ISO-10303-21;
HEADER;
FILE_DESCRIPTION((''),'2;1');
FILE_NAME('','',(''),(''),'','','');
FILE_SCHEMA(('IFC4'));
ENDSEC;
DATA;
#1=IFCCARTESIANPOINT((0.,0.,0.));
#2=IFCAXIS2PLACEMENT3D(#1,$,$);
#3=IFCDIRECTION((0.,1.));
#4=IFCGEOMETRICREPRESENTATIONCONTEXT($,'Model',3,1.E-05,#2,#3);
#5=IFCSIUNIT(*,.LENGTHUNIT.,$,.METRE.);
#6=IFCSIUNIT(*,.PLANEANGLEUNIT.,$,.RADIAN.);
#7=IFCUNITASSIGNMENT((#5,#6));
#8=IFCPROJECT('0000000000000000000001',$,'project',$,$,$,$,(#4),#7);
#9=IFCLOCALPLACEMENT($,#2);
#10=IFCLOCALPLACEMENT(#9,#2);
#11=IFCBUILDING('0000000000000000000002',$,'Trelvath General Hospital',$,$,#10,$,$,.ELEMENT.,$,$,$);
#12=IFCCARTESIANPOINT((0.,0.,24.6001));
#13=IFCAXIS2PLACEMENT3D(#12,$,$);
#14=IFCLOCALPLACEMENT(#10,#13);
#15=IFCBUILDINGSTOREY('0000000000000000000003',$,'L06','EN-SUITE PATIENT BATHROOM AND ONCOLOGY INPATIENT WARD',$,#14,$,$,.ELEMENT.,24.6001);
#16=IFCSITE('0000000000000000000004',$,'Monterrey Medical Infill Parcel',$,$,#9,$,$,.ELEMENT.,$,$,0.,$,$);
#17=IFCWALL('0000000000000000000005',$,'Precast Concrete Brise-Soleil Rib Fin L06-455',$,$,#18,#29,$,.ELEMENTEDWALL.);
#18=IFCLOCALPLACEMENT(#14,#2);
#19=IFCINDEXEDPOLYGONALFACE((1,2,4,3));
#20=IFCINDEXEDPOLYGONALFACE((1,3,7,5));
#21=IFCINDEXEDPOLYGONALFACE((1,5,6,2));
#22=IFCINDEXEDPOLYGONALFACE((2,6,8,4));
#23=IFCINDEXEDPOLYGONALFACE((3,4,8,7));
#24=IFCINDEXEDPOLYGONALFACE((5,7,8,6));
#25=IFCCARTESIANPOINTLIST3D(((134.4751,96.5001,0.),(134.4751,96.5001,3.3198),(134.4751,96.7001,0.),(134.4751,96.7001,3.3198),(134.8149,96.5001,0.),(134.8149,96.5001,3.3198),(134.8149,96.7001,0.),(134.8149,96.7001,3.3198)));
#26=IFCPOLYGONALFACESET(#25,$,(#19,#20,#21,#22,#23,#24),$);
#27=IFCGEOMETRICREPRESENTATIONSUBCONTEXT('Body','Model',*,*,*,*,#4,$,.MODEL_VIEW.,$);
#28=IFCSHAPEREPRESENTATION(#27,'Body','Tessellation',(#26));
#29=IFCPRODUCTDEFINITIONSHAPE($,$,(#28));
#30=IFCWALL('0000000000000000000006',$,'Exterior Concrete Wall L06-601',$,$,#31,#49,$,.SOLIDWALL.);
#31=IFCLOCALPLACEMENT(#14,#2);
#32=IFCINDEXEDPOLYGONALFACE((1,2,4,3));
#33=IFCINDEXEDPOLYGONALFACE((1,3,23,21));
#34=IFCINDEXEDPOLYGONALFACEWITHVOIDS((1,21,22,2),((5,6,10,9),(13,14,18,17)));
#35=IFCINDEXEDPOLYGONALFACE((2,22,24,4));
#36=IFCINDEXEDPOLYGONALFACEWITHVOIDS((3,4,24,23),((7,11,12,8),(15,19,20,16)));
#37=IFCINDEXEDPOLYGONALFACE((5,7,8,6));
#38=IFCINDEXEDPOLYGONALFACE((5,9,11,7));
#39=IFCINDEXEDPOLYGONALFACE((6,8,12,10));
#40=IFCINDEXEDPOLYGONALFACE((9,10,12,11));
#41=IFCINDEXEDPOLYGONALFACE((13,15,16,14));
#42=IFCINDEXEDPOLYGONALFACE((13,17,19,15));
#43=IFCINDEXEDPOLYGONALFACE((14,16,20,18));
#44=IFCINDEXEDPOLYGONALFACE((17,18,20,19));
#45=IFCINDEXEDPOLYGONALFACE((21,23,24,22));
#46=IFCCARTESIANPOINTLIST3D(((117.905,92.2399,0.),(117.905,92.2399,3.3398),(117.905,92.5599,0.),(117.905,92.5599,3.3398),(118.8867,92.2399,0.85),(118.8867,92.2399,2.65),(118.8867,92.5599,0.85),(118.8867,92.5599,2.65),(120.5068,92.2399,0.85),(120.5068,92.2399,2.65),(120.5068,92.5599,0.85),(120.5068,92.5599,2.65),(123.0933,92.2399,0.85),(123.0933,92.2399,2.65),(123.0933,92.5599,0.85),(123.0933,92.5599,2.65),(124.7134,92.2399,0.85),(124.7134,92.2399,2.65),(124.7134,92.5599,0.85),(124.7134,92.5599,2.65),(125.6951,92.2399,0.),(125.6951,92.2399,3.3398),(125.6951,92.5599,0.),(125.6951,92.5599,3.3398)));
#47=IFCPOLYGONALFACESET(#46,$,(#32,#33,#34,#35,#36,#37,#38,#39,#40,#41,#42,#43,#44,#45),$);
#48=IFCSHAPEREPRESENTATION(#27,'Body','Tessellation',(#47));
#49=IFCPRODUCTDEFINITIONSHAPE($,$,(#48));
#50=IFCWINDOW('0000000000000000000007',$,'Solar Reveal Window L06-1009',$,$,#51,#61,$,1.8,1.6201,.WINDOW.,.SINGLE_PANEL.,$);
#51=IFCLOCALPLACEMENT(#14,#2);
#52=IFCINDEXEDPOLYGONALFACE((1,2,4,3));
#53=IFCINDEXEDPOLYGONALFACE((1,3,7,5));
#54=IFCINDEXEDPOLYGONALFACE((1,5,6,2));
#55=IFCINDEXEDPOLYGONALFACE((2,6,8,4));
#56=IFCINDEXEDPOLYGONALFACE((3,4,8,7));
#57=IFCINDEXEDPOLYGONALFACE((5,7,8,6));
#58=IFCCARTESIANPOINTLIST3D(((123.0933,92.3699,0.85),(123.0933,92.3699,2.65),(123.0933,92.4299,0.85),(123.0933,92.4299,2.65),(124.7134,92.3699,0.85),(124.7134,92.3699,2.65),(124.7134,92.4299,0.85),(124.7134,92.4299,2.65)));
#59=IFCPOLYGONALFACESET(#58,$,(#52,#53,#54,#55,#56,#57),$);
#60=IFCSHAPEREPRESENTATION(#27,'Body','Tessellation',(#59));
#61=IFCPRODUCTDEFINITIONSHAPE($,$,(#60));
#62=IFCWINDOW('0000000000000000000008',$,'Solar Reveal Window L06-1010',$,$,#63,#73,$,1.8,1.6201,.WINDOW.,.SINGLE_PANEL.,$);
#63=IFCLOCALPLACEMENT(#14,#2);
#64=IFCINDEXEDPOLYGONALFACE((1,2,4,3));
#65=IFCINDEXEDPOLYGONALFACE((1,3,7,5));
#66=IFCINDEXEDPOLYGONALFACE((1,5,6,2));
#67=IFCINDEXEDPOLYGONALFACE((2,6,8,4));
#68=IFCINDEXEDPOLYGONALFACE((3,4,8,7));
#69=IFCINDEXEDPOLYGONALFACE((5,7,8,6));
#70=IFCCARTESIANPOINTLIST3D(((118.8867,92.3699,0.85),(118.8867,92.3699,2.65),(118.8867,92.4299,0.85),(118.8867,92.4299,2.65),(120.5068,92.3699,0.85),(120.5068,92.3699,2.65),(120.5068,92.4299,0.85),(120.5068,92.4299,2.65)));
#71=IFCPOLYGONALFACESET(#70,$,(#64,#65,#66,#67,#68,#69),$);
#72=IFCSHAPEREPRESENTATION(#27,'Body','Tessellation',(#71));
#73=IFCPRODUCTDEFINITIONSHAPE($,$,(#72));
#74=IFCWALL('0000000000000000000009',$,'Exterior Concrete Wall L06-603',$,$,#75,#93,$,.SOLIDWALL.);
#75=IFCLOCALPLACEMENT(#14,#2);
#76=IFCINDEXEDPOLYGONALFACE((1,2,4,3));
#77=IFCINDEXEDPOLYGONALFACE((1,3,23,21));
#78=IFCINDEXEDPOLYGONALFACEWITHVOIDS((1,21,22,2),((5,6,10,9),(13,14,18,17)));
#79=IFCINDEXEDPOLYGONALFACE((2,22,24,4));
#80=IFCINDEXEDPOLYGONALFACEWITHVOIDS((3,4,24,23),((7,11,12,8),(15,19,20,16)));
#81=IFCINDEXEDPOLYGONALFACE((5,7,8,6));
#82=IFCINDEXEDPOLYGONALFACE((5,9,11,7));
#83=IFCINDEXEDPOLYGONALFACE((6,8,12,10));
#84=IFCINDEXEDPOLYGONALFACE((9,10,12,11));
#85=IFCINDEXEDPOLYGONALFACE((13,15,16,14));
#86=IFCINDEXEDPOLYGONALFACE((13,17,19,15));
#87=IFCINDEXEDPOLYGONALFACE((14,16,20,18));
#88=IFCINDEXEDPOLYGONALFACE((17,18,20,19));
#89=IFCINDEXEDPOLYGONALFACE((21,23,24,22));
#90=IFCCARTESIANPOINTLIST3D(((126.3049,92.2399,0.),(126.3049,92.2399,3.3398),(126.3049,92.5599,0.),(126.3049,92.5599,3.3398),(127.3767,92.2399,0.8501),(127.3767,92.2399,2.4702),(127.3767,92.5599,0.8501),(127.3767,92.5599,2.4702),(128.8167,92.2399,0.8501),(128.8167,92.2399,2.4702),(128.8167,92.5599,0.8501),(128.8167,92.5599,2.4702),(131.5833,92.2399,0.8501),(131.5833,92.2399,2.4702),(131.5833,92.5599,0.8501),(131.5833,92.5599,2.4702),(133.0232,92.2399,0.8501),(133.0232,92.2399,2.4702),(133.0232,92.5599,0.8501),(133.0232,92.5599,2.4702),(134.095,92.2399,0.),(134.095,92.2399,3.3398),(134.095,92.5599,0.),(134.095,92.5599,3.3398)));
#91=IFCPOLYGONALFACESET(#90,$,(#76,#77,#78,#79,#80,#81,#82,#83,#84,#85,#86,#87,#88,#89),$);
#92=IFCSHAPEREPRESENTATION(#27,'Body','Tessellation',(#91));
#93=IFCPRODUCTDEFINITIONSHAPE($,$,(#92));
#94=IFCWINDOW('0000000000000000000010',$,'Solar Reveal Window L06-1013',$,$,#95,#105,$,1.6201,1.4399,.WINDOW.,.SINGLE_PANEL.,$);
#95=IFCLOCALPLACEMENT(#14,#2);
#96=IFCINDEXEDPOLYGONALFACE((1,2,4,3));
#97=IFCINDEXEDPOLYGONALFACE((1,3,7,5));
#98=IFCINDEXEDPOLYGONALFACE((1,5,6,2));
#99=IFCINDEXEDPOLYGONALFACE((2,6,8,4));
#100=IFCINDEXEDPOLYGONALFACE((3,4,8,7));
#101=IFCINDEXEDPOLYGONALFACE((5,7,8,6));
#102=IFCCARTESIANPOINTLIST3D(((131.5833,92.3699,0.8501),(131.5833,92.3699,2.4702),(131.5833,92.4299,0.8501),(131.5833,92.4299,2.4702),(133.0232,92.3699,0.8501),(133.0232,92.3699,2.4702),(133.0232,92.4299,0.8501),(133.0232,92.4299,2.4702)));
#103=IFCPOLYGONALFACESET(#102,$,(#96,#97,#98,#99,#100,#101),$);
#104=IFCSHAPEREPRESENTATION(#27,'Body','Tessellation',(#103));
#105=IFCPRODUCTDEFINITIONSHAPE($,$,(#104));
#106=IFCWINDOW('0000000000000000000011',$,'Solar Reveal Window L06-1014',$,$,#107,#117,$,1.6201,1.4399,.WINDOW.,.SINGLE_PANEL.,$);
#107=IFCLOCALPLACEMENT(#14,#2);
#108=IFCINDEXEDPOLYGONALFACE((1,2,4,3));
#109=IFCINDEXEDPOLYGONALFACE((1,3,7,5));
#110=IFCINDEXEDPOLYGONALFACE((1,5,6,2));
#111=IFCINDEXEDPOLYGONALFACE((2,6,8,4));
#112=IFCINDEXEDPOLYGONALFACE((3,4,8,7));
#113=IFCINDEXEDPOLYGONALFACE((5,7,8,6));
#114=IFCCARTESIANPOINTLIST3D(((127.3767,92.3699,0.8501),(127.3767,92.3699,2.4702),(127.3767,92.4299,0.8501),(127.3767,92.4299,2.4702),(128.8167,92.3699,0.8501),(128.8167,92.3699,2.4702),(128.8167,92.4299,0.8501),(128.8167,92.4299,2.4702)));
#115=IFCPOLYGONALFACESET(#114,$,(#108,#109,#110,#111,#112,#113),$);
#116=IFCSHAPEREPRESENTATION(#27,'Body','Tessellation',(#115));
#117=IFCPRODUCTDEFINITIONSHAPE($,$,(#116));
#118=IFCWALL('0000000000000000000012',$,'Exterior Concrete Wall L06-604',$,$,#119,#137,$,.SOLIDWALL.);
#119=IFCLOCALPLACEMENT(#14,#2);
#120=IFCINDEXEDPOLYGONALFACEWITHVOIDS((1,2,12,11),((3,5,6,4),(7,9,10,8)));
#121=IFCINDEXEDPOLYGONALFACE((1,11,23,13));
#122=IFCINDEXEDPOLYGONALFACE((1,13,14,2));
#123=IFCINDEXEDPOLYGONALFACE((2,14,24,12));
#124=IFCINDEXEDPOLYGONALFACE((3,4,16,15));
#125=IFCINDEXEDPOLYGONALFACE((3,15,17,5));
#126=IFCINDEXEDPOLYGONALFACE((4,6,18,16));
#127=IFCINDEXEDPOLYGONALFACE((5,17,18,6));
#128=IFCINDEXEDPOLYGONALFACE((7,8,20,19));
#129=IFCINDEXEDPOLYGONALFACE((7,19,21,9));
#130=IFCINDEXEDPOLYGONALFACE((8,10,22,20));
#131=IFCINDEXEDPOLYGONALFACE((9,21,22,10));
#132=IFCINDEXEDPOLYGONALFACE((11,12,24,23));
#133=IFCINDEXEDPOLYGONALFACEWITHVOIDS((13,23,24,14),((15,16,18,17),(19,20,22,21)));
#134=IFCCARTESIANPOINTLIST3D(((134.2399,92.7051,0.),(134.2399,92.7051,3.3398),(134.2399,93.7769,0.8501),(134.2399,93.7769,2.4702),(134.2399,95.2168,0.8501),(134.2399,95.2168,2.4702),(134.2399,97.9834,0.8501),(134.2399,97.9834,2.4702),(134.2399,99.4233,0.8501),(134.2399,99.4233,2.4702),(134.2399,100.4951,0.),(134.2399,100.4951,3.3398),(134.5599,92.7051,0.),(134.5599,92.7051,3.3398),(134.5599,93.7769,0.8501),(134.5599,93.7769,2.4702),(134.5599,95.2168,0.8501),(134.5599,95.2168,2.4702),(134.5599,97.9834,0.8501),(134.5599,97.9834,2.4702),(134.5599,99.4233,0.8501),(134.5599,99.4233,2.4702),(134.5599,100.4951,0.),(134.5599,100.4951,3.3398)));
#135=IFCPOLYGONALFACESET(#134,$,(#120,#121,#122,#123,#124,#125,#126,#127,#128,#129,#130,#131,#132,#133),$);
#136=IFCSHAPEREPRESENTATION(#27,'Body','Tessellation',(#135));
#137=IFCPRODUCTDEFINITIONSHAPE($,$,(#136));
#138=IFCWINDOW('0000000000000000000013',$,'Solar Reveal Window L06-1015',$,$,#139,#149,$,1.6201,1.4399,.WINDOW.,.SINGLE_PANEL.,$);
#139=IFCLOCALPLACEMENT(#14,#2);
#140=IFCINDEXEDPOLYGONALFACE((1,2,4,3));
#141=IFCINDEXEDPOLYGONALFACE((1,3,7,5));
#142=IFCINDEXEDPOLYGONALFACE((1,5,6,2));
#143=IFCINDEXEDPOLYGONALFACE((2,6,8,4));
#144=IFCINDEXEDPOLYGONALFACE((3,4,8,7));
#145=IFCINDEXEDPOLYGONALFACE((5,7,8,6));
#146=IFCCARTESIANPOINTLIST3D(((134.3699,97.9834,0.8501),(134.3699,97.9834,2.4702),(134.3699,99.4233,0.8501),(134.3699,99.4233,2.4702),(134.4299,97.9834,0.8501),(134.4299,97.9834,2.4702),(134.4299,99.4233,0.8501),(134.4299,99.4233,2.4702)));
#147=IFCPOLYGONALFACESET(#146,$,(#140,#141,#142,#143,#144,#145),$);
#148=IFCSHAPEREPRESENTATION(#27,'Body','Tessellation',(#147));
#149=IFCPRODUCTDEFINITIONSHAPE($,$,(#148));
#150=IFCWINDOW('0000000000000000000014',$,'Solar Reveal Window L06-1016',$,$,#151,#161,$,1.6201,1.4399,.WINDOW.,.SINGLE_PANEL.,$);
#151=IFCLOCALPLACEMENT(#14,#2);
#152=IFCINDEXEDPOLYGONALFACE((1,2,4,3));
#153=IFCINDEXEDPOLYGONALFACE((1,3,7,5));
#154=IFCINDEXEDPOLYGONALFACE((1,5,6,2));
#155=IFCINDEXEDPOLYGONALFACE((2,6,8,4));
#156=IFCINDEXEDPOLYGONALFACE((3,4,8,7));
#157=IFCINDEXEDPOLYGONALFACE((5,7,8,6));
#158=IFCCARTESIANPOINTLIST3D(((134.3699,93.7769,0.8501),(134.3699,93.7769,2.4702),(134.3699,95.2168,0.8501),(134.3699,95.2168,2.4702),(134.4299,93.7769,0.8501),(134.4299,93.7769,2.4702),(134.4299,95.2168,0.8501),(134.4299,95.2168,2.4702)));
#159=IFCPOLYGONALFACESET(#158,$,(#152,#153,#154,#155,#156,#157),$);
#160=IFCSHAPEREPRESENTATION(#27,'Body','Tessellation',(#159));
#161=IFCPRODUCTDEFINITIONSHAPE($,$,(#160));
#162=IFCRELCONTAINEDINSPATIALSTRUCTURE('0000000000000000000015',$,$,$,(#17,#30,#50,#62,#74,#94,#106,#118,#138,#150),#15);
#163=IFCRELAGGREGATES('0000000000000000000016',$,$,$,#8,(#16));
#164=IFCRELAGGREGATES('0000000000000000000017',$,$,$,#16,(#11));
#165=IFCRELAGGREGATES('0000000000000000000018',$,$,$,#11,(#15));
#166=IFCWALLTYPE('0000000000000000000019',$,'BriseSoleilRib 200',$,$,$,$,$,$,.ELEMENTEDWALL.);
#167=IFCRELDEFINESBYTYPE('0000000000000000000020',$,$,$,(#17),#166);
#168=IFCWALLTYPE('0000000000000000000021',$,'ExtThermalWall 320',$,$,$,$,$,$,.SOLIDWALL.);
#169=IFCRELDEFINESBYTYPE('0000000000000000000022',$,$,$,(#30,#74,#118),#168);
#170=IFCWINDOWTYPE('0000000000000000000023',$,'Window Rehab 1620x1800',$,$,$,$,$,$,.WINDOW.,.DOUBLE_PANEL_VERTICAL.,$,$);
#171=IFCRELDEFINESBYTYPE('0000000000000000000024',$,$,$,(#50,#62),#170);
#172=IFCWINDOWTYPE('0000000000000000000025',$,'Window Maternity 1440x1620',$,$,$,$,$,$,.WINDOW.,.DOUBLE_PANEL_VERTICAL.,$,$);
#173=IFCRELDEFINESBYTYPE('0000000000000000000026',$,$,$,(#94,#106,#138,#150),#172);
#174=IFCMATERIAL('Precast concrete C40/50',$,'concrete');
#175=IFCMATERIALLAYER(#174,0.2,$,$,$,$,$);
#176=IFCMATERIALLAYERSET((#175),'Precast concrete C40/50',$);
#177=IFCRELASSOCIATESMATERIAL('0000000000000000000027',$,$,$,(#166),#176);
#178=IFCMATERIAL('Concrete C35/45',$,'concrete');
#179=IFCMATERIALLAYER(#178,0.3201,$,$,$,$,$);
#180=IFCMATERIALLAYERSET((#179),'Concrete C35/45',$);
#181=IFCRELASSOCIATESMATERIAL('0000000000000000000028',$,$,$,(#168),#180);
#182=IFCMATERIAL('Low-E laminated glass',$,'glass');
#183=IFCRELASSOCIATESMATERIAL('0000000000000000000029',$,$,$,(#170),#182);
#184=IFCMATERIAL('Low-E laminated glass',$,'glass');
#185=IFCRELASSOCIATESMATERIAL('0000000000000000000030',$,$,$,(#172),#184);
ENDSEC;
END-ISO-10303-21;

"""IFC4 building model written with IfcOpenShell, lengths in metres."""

from ifc_helpers import new_model, si_unit, direction, frame, frame_2d, origin, place, context, subcontext, project, spatial, rectangle, extrude, material, layer, layer_set, type_object, element, fill, save


model = new_model("IFC4")

# Units and contexts
model_context = context("Model", 3, precision=1e-05, world=origin(), true_north=direction((0.0, 1.0)))
body_context = subcontext(model_context, "Body", "Model", "MODEL_VIEW")
ifc_project = project(units=[si_unit("LENGTHUNIT", "METRE"), si_unit("PLANEANGLEUNIT", "RADIAN")], contexts=[model_context])

# Site, building, storey
site_placement = place(None, origin())
site = spatial("IfcSite", under=ifc_project, at=site_placement, Name="Monterrey Medical Infill Parcel", CompositionType="ELEMENT", RefElevation=0.0)
building_placement = place(site_placement, origin())
building = spatial("IfcBuilding", under=site, at=building_placement, Name="Trelvath General Hospital", CompositionType="ELEMENT")
storey_placement = place(building_placement, frame((0.0, 0.0, 24.6001)))
storey = spatial("IfcBuildingStorey", under=building, at=storey_placement, Name="L06", Description="EN-SUITE PATIENT BATHROOM AND ONCOLOGY INPATIENT WARD", CompositionType="ELEMENT", Elevation=24.6001)

# Wall
ifc_material_1 = material(Name="Precast concrete C40/50", Category="concrete")
ifc_layer_1 = layer(ifc_material_1, 0.2)
ifc_layer_set_1 = layer_set([ifc_layer_1], Name="Precast concrete C40/50")
wall_type_1 = type_object("IfcWallType", Name="BriseSoleilRib 200", PredefinedType="ELEMENTEDWALL", material=ifc_layer_set_1)
wall_1_placement = place(storey_placement, frame((134.4751, 96.6001, 0.0), z_axis=(0.0, 0.0, 1.0), x_axis=(1.0, 0.0, 0.0)))
element("IfcWall", 1, at=wall_1_placement, inside=storey, type_object=wall_type_1, Name="Precast Concrete Brise-Soleil Rib Fin L06-455", PredefinedType="ELEMENTEDWALL", context=body_context, shape_type="SweptSolid", body=[
    extrude(rectangle(XDim=0.3398, YDim=0.2, at=frame_2d((0.1699, 0.0))), origin(), (0.0, 0.0, 1.0), 3.3198),
])

# Walls, openings, windows
ifc_material_2 = material(Name="Concrete C35/45", Category="concrete")
ifc_layer_2 = layer(ifc_material_2, 0.3201)
ifc_layer_set_2 = layer_set([ifc_layer_2], Name="Concrete C35/45")
wall_type_2 = type_object("IfcWallType", Name="ExtThermalWall 320", PredefinedType="SOLIDWALL", material=ifc_layer_set_2)
wall_2_placement = place(storey_placement, frame((125.6951, 92.3999, 0.0), z_axis=(0.0, 0.0, 1.0), x_axis=(-1.0, 0.0, 0.0)))
wall_2 = element("IfcWall", 2, at=wall_2_placement, inside=storey, type_object=wall_type_2, Name="Exterior Concrete Wall L06-601", PredefinedType="SOLIDWALL", context=body_context, shape_type="SweptSolid", body=[
    extrude(rectangle(XDim=7.79, YDim=0.3201, at=frame_2d((3.895, 0.0))), origin(), (0.0, 0.0, 1.0), 3.3398),
])
opening_1_placement = place(wall_2_placement, frame((0.9817, 0.0, 0.8501)))
opening_1 = element("IfcOpeningElement", 3, at=opening_1_placement, cuts=wall_2, PredefinedType="OPENING", context=body_context, shape_type="SweptSolid", body=[
    extrude(rectangle(XDim=1.6201, YDim=1.8, at=frame_2d((0.8101, 0.8999))), frame((0.0, 0.1699, 0.0), z_axis=(0.0, -1.0, 0.0), x_axis=(1.0, 0.0, 0.0)), (0.0, 0.0, 1.0), 0.3401),
])
opening_2_placement = place(wall_2_placement, frame((5.1882, 0.0, 0.8501)))
opening_2 = element("IfcOpeningElement", 4, at=opening_2_placement, cuts=wall_2, PredefinedType="OPENING", context=body_context, shape_type="SweptSolid", body=[
    extrude(rectangle(XDim=1.6201, YDim=1.8, at=frame_2d((0.8101, 0.8999))), frame((0.0, 0.1699, 0.0), z_axis=(0.0, -1.0, 0.0), x_axis=(1.0, 0.0, 0.0)), (0.0, 0.0, 1.0), 0.3401),
])
ifc_material_3 = material(Name="Low-E laminated glass", Category="glass")
window_type_1 = type_object("IfcWindowType", Name="Window Rehab 1620x1800", PartitioningType="DOUBLE_PANEL_VERTICAL", PredefinedType="WINDOW", material=ifc_material_3)
window_1_placement = place(opening_1_placement, origin())
window_1 = element("IfcWindow", 5, at=window_1_placement, inside=storey, type_object=window_type_1, Name="Solar Reveal Window L06-1009", OverallHeight=1.8, OverallWidth=1.6201, PartitioningType="SINGLE_PANEL", PredefinedType="WINDOW", context=body_context, shape_type="SweptSolid", body=[
    extrude(rectangle(XDim=1.6201, YDim=1.8, at=frame_2d((0.8101, 0.8999))), frame((0.0, 0.03, 0.0), z_axis=(0.0, -1.0, 0.0), x_axis=(1.0, 0.0, 0.0)), (0.0, 0.0, 1.0), 0.0601),
])
fill(opening_1, window_1)
window_2_placement = place(opening_2_placement, origin())
window_2 = element("IfcWindow", 6, at=window_2_placement, inside=storey, type_object=window_type_1, Name="Solar Reveal Window L06-1010", OverallHeight=1.8, OverallWidth=1.6201, PartitioningType="SINGLE_PANEL", PredefinedType="WINDOW", context=body_context, shape_type="SweptSolid", body=[
    extrude(rectangle(XDim=1.6201, YDim=1.8, at=frame_2d((0.8101, 0.8999))), frame((0.0, 0.03, 0.0), z_axis=(0.0, -1.0, 0.0), x_axis=(1.0, 0.0, 0.0)), (0.0, 0.0, 1.0), 0.0601),
])
fill(opening_2, window_2)
wall_3_placement = place(storey_placement, frame((134.095, 92.3999, 0.0), z_axis=(0.0, 0.0, 1.0), x_axis=(-1.0, 0.0, 0.0)))
wall_3 = element("IfcWall", 7, at=wall_3_placement, inside=storey, type_object=wall_type_2, Name="Exterior Concrete Wall L06-603", PredefinedType="SOLIDWALL", context=body_context, shape_type="SweptSolid", body=[
    extrude(rectangle(XDim=7.79, YDim=0.3201, at=frame_2d((3.895, 0.0))), origin(), (0.0, 0.0, 1.0), 3.3398),
])
opening_3_placement = place(wall_3_placement, frame((1.0718, 0.0, 0.8501)))
opening_3 = element("IfcOpeningElement", 8, at=opening_3_placement, cuts=wall_3, PredefinedType="OPENING", context=body_context, shape_type="SweptSolid", body=[
    extrude(rectangle(XDim=1.4399, YDim=1.6201, at=frame_2d((0.72, 0.8101))), frame((0.0, 0.1699, 0.0), z_axis=(0.0, -1.0, 0.0), x_axis=(1.0, 0.0, 0.0)), (0.0, 0.0, 1.0), 0.3401),
])
opening_4_placement = place(wall_3_placement, frame((5.2783, 0.0, 0.8501)))
opening_4 = element("IfcOpeningElement", 9, at=opening_4_placement, cuts=wall_3, PredefinedType="OPENING", context=body_context, shape_type="SweptSolid", body=[
    extrude(rectangle(XDim=1.4399, YDim=1.6201, at=frame_2d((0.72, 0.8101))), frame((0.0, 0.1699, 0.0), z_axis=(0.0, -1.0, 0.0), x_axis=(1.0, 0.0, 0.0)), (0.0, 0.0, 1.0), 0.3401),
])
ifc_material_4 = material(Name="Low-E laminated glass", Category="glass")
window_type_2 = type_object("IfcWindowType", Name="Window Maternity 1440x1620", PartitioningType="DOUBLE_PANEL_VERTICAL", PredefinedType="WINDOW", material=ifc_material_4)
window_3_placement = place(opening_3_placement, origin())
window_3 = element("IfcWindow", 10, at=window_3_placement, inside=storey, type_object=window_type_2, Name="Solar Reveal Window L06-1013", OverallHeight=1.6201, OverallWidth=1.4399, PartitioningType="SINGLE_PANEL", PredefinedType="WINDOW", context=body_context, shape_type="SweptSolid", body=[
    extrude(rectangle(XDim=1.4399, YDim=1.6201, at=frame_2d((0.72, 0.8101))), frame((0.0, 0.03, 0.0), z_axis=(0.0, -1.0, 0.0), x_axis=(1.0, 0.0, 0.0)), (0.0, 0.0, 1.0), 0.0601),
])
fill(opening_3, window_3)
window_4_placement = place(opening_4_placement, origin())
window_4 = element("IfcWindow", 11, at=window_4_placement, inside=storey, type_object=window_type_2, Name="Solar Reveal Window L06-1014", OverallHeight=1.6201, OverallWidth=1.4399, PartitioningType="SINGLE_PANEL", PredefinedType="WINDOW", context=body_context, shape_type="SweptSolid", body=[
    extrude(rectangle(XDim=1.4399, YDim=1.6201, at=frame_2d((0.72, 0.8101))), frame((0.0, 0.03, 0.0), z_axis=(0.0, -1.0, 0.0), x_axis=(1.0, 0.0, 0.0)), (0.0, 0.0, 1.0), 0.0601),
])
fill(opening_4, window_4)
wall_4_placement = place(storey_placement, frame((134.3999, 100.4951, 0.0), z_axis=(0.0, 0.0, 1.0), x_axis=(0.0, -1.0, 0.0)))
wall_4 = element("IfcWall", 12, at=wall_4_placement, inside=storey, type_object=wall_type_2, Name="Exterior Concrete Wall L06-604", PredefinedType="SOLIDWALL", context=body_context, shape_type="SweptSolid", body=[
    extrude(rectangle(XDim=7.79, YDim=0.3201, at=frame_2d((3.895, 0.0))), origin(), (0.0, 0.0, 1.0), 3.3398),
])
opening_5_placement = place(wall_4_placement, frame((1.0718, 0.0, 0.8501)))
opening_5 = element("IfcOpeningElement", 13, at=opening_5_placement, cuts=wall_4, PredefinedType="OPENING", context=body_context, shape_type="SweptSolid", body=[
    extrude(rectangle(XDim=1.4399, YDim=1.6201, at=frame_2d((0.72, 0.8101))), frame((0.0, 0.1699, 0.0), z_axis=(0.0, -1.0, 0.0), x_axis=(1.0, 0.0, 0.0)), (0.0, 0.0, 1.0), 0.3401),
])
opening_6_placement = place(wall_4_placement, frame((5.2783, 0.0, 0.8501)))
opening_6 = element("IfcOpeningElement", 14, at=opening_6_placement, cuts=wall_4, PredefinedType="OPENING", context=body_context, shape_type="SweptSolid", body=[
    extrude(rectangle(XDim=1.4399, YDim=1.6201, at=frame_2d((0.72, 0.8101))), frame((0.0, 0.1699, 0.0), z_axis=(0.0, -1.0, 0.0), x_axis=(1.0, 0.0, 0.0)), (0.0, 0.0, 1.0), 0.3401),
])
window_5_placement = place(opening_5_placement, origin())
window_5 = element("IfcWindow", 15, at=window_5_placement, inside=storey, type_object=window_type_2, Name="Solar Reveal Window L06-1015", OverallHeight=1.6201, OverallWidth=1.4399, PartitioningType="SINGLE_PANEL", PredefinedType="WINDOW", context=body_context, shape_type="SweptSolid", body=[
    extrude(rectangle(XDim=1.4399, YDim=1.6201, at=frame_2d((0.72, 0.8101))), frame((0.0, 0.03, 0.0), z_axis=(0.0, -1.0, 0.0), x_axis=(1.0, 0.0, 0.0)), (0.0, 0.0, 1.0), 0.0601),
])
fill(opening_5, window_5)
window_6_placement = place(opening_6_placement, origin())
window_6 = element("IfcWindow", 16, at=window_6_placement, inside=storey, type_object=window_type_2, Name="Solar Reveal Window L06-1016", OverallHeight=1.6201, OverallWidth=1.4399, PartitioningType="SINGLE_PANEL", PredefinedType="WINDOW", context=body_context, shape_type="SweptSolid", body=[
    extrude(rectangle(XDim=1.4399, YDim=1.6201, at=frame_2d((0.72, 0.8101))), frame((0.0, 0.03, 0.0), z_axis=(0.0, -1.0, 0.0), x_axis=(1.0, 0.0, 0.0)), (0.0, 0.0, 1.0), 0.0601),
])
fill(opening_6, window_6)

save(model, "model.ifc")
